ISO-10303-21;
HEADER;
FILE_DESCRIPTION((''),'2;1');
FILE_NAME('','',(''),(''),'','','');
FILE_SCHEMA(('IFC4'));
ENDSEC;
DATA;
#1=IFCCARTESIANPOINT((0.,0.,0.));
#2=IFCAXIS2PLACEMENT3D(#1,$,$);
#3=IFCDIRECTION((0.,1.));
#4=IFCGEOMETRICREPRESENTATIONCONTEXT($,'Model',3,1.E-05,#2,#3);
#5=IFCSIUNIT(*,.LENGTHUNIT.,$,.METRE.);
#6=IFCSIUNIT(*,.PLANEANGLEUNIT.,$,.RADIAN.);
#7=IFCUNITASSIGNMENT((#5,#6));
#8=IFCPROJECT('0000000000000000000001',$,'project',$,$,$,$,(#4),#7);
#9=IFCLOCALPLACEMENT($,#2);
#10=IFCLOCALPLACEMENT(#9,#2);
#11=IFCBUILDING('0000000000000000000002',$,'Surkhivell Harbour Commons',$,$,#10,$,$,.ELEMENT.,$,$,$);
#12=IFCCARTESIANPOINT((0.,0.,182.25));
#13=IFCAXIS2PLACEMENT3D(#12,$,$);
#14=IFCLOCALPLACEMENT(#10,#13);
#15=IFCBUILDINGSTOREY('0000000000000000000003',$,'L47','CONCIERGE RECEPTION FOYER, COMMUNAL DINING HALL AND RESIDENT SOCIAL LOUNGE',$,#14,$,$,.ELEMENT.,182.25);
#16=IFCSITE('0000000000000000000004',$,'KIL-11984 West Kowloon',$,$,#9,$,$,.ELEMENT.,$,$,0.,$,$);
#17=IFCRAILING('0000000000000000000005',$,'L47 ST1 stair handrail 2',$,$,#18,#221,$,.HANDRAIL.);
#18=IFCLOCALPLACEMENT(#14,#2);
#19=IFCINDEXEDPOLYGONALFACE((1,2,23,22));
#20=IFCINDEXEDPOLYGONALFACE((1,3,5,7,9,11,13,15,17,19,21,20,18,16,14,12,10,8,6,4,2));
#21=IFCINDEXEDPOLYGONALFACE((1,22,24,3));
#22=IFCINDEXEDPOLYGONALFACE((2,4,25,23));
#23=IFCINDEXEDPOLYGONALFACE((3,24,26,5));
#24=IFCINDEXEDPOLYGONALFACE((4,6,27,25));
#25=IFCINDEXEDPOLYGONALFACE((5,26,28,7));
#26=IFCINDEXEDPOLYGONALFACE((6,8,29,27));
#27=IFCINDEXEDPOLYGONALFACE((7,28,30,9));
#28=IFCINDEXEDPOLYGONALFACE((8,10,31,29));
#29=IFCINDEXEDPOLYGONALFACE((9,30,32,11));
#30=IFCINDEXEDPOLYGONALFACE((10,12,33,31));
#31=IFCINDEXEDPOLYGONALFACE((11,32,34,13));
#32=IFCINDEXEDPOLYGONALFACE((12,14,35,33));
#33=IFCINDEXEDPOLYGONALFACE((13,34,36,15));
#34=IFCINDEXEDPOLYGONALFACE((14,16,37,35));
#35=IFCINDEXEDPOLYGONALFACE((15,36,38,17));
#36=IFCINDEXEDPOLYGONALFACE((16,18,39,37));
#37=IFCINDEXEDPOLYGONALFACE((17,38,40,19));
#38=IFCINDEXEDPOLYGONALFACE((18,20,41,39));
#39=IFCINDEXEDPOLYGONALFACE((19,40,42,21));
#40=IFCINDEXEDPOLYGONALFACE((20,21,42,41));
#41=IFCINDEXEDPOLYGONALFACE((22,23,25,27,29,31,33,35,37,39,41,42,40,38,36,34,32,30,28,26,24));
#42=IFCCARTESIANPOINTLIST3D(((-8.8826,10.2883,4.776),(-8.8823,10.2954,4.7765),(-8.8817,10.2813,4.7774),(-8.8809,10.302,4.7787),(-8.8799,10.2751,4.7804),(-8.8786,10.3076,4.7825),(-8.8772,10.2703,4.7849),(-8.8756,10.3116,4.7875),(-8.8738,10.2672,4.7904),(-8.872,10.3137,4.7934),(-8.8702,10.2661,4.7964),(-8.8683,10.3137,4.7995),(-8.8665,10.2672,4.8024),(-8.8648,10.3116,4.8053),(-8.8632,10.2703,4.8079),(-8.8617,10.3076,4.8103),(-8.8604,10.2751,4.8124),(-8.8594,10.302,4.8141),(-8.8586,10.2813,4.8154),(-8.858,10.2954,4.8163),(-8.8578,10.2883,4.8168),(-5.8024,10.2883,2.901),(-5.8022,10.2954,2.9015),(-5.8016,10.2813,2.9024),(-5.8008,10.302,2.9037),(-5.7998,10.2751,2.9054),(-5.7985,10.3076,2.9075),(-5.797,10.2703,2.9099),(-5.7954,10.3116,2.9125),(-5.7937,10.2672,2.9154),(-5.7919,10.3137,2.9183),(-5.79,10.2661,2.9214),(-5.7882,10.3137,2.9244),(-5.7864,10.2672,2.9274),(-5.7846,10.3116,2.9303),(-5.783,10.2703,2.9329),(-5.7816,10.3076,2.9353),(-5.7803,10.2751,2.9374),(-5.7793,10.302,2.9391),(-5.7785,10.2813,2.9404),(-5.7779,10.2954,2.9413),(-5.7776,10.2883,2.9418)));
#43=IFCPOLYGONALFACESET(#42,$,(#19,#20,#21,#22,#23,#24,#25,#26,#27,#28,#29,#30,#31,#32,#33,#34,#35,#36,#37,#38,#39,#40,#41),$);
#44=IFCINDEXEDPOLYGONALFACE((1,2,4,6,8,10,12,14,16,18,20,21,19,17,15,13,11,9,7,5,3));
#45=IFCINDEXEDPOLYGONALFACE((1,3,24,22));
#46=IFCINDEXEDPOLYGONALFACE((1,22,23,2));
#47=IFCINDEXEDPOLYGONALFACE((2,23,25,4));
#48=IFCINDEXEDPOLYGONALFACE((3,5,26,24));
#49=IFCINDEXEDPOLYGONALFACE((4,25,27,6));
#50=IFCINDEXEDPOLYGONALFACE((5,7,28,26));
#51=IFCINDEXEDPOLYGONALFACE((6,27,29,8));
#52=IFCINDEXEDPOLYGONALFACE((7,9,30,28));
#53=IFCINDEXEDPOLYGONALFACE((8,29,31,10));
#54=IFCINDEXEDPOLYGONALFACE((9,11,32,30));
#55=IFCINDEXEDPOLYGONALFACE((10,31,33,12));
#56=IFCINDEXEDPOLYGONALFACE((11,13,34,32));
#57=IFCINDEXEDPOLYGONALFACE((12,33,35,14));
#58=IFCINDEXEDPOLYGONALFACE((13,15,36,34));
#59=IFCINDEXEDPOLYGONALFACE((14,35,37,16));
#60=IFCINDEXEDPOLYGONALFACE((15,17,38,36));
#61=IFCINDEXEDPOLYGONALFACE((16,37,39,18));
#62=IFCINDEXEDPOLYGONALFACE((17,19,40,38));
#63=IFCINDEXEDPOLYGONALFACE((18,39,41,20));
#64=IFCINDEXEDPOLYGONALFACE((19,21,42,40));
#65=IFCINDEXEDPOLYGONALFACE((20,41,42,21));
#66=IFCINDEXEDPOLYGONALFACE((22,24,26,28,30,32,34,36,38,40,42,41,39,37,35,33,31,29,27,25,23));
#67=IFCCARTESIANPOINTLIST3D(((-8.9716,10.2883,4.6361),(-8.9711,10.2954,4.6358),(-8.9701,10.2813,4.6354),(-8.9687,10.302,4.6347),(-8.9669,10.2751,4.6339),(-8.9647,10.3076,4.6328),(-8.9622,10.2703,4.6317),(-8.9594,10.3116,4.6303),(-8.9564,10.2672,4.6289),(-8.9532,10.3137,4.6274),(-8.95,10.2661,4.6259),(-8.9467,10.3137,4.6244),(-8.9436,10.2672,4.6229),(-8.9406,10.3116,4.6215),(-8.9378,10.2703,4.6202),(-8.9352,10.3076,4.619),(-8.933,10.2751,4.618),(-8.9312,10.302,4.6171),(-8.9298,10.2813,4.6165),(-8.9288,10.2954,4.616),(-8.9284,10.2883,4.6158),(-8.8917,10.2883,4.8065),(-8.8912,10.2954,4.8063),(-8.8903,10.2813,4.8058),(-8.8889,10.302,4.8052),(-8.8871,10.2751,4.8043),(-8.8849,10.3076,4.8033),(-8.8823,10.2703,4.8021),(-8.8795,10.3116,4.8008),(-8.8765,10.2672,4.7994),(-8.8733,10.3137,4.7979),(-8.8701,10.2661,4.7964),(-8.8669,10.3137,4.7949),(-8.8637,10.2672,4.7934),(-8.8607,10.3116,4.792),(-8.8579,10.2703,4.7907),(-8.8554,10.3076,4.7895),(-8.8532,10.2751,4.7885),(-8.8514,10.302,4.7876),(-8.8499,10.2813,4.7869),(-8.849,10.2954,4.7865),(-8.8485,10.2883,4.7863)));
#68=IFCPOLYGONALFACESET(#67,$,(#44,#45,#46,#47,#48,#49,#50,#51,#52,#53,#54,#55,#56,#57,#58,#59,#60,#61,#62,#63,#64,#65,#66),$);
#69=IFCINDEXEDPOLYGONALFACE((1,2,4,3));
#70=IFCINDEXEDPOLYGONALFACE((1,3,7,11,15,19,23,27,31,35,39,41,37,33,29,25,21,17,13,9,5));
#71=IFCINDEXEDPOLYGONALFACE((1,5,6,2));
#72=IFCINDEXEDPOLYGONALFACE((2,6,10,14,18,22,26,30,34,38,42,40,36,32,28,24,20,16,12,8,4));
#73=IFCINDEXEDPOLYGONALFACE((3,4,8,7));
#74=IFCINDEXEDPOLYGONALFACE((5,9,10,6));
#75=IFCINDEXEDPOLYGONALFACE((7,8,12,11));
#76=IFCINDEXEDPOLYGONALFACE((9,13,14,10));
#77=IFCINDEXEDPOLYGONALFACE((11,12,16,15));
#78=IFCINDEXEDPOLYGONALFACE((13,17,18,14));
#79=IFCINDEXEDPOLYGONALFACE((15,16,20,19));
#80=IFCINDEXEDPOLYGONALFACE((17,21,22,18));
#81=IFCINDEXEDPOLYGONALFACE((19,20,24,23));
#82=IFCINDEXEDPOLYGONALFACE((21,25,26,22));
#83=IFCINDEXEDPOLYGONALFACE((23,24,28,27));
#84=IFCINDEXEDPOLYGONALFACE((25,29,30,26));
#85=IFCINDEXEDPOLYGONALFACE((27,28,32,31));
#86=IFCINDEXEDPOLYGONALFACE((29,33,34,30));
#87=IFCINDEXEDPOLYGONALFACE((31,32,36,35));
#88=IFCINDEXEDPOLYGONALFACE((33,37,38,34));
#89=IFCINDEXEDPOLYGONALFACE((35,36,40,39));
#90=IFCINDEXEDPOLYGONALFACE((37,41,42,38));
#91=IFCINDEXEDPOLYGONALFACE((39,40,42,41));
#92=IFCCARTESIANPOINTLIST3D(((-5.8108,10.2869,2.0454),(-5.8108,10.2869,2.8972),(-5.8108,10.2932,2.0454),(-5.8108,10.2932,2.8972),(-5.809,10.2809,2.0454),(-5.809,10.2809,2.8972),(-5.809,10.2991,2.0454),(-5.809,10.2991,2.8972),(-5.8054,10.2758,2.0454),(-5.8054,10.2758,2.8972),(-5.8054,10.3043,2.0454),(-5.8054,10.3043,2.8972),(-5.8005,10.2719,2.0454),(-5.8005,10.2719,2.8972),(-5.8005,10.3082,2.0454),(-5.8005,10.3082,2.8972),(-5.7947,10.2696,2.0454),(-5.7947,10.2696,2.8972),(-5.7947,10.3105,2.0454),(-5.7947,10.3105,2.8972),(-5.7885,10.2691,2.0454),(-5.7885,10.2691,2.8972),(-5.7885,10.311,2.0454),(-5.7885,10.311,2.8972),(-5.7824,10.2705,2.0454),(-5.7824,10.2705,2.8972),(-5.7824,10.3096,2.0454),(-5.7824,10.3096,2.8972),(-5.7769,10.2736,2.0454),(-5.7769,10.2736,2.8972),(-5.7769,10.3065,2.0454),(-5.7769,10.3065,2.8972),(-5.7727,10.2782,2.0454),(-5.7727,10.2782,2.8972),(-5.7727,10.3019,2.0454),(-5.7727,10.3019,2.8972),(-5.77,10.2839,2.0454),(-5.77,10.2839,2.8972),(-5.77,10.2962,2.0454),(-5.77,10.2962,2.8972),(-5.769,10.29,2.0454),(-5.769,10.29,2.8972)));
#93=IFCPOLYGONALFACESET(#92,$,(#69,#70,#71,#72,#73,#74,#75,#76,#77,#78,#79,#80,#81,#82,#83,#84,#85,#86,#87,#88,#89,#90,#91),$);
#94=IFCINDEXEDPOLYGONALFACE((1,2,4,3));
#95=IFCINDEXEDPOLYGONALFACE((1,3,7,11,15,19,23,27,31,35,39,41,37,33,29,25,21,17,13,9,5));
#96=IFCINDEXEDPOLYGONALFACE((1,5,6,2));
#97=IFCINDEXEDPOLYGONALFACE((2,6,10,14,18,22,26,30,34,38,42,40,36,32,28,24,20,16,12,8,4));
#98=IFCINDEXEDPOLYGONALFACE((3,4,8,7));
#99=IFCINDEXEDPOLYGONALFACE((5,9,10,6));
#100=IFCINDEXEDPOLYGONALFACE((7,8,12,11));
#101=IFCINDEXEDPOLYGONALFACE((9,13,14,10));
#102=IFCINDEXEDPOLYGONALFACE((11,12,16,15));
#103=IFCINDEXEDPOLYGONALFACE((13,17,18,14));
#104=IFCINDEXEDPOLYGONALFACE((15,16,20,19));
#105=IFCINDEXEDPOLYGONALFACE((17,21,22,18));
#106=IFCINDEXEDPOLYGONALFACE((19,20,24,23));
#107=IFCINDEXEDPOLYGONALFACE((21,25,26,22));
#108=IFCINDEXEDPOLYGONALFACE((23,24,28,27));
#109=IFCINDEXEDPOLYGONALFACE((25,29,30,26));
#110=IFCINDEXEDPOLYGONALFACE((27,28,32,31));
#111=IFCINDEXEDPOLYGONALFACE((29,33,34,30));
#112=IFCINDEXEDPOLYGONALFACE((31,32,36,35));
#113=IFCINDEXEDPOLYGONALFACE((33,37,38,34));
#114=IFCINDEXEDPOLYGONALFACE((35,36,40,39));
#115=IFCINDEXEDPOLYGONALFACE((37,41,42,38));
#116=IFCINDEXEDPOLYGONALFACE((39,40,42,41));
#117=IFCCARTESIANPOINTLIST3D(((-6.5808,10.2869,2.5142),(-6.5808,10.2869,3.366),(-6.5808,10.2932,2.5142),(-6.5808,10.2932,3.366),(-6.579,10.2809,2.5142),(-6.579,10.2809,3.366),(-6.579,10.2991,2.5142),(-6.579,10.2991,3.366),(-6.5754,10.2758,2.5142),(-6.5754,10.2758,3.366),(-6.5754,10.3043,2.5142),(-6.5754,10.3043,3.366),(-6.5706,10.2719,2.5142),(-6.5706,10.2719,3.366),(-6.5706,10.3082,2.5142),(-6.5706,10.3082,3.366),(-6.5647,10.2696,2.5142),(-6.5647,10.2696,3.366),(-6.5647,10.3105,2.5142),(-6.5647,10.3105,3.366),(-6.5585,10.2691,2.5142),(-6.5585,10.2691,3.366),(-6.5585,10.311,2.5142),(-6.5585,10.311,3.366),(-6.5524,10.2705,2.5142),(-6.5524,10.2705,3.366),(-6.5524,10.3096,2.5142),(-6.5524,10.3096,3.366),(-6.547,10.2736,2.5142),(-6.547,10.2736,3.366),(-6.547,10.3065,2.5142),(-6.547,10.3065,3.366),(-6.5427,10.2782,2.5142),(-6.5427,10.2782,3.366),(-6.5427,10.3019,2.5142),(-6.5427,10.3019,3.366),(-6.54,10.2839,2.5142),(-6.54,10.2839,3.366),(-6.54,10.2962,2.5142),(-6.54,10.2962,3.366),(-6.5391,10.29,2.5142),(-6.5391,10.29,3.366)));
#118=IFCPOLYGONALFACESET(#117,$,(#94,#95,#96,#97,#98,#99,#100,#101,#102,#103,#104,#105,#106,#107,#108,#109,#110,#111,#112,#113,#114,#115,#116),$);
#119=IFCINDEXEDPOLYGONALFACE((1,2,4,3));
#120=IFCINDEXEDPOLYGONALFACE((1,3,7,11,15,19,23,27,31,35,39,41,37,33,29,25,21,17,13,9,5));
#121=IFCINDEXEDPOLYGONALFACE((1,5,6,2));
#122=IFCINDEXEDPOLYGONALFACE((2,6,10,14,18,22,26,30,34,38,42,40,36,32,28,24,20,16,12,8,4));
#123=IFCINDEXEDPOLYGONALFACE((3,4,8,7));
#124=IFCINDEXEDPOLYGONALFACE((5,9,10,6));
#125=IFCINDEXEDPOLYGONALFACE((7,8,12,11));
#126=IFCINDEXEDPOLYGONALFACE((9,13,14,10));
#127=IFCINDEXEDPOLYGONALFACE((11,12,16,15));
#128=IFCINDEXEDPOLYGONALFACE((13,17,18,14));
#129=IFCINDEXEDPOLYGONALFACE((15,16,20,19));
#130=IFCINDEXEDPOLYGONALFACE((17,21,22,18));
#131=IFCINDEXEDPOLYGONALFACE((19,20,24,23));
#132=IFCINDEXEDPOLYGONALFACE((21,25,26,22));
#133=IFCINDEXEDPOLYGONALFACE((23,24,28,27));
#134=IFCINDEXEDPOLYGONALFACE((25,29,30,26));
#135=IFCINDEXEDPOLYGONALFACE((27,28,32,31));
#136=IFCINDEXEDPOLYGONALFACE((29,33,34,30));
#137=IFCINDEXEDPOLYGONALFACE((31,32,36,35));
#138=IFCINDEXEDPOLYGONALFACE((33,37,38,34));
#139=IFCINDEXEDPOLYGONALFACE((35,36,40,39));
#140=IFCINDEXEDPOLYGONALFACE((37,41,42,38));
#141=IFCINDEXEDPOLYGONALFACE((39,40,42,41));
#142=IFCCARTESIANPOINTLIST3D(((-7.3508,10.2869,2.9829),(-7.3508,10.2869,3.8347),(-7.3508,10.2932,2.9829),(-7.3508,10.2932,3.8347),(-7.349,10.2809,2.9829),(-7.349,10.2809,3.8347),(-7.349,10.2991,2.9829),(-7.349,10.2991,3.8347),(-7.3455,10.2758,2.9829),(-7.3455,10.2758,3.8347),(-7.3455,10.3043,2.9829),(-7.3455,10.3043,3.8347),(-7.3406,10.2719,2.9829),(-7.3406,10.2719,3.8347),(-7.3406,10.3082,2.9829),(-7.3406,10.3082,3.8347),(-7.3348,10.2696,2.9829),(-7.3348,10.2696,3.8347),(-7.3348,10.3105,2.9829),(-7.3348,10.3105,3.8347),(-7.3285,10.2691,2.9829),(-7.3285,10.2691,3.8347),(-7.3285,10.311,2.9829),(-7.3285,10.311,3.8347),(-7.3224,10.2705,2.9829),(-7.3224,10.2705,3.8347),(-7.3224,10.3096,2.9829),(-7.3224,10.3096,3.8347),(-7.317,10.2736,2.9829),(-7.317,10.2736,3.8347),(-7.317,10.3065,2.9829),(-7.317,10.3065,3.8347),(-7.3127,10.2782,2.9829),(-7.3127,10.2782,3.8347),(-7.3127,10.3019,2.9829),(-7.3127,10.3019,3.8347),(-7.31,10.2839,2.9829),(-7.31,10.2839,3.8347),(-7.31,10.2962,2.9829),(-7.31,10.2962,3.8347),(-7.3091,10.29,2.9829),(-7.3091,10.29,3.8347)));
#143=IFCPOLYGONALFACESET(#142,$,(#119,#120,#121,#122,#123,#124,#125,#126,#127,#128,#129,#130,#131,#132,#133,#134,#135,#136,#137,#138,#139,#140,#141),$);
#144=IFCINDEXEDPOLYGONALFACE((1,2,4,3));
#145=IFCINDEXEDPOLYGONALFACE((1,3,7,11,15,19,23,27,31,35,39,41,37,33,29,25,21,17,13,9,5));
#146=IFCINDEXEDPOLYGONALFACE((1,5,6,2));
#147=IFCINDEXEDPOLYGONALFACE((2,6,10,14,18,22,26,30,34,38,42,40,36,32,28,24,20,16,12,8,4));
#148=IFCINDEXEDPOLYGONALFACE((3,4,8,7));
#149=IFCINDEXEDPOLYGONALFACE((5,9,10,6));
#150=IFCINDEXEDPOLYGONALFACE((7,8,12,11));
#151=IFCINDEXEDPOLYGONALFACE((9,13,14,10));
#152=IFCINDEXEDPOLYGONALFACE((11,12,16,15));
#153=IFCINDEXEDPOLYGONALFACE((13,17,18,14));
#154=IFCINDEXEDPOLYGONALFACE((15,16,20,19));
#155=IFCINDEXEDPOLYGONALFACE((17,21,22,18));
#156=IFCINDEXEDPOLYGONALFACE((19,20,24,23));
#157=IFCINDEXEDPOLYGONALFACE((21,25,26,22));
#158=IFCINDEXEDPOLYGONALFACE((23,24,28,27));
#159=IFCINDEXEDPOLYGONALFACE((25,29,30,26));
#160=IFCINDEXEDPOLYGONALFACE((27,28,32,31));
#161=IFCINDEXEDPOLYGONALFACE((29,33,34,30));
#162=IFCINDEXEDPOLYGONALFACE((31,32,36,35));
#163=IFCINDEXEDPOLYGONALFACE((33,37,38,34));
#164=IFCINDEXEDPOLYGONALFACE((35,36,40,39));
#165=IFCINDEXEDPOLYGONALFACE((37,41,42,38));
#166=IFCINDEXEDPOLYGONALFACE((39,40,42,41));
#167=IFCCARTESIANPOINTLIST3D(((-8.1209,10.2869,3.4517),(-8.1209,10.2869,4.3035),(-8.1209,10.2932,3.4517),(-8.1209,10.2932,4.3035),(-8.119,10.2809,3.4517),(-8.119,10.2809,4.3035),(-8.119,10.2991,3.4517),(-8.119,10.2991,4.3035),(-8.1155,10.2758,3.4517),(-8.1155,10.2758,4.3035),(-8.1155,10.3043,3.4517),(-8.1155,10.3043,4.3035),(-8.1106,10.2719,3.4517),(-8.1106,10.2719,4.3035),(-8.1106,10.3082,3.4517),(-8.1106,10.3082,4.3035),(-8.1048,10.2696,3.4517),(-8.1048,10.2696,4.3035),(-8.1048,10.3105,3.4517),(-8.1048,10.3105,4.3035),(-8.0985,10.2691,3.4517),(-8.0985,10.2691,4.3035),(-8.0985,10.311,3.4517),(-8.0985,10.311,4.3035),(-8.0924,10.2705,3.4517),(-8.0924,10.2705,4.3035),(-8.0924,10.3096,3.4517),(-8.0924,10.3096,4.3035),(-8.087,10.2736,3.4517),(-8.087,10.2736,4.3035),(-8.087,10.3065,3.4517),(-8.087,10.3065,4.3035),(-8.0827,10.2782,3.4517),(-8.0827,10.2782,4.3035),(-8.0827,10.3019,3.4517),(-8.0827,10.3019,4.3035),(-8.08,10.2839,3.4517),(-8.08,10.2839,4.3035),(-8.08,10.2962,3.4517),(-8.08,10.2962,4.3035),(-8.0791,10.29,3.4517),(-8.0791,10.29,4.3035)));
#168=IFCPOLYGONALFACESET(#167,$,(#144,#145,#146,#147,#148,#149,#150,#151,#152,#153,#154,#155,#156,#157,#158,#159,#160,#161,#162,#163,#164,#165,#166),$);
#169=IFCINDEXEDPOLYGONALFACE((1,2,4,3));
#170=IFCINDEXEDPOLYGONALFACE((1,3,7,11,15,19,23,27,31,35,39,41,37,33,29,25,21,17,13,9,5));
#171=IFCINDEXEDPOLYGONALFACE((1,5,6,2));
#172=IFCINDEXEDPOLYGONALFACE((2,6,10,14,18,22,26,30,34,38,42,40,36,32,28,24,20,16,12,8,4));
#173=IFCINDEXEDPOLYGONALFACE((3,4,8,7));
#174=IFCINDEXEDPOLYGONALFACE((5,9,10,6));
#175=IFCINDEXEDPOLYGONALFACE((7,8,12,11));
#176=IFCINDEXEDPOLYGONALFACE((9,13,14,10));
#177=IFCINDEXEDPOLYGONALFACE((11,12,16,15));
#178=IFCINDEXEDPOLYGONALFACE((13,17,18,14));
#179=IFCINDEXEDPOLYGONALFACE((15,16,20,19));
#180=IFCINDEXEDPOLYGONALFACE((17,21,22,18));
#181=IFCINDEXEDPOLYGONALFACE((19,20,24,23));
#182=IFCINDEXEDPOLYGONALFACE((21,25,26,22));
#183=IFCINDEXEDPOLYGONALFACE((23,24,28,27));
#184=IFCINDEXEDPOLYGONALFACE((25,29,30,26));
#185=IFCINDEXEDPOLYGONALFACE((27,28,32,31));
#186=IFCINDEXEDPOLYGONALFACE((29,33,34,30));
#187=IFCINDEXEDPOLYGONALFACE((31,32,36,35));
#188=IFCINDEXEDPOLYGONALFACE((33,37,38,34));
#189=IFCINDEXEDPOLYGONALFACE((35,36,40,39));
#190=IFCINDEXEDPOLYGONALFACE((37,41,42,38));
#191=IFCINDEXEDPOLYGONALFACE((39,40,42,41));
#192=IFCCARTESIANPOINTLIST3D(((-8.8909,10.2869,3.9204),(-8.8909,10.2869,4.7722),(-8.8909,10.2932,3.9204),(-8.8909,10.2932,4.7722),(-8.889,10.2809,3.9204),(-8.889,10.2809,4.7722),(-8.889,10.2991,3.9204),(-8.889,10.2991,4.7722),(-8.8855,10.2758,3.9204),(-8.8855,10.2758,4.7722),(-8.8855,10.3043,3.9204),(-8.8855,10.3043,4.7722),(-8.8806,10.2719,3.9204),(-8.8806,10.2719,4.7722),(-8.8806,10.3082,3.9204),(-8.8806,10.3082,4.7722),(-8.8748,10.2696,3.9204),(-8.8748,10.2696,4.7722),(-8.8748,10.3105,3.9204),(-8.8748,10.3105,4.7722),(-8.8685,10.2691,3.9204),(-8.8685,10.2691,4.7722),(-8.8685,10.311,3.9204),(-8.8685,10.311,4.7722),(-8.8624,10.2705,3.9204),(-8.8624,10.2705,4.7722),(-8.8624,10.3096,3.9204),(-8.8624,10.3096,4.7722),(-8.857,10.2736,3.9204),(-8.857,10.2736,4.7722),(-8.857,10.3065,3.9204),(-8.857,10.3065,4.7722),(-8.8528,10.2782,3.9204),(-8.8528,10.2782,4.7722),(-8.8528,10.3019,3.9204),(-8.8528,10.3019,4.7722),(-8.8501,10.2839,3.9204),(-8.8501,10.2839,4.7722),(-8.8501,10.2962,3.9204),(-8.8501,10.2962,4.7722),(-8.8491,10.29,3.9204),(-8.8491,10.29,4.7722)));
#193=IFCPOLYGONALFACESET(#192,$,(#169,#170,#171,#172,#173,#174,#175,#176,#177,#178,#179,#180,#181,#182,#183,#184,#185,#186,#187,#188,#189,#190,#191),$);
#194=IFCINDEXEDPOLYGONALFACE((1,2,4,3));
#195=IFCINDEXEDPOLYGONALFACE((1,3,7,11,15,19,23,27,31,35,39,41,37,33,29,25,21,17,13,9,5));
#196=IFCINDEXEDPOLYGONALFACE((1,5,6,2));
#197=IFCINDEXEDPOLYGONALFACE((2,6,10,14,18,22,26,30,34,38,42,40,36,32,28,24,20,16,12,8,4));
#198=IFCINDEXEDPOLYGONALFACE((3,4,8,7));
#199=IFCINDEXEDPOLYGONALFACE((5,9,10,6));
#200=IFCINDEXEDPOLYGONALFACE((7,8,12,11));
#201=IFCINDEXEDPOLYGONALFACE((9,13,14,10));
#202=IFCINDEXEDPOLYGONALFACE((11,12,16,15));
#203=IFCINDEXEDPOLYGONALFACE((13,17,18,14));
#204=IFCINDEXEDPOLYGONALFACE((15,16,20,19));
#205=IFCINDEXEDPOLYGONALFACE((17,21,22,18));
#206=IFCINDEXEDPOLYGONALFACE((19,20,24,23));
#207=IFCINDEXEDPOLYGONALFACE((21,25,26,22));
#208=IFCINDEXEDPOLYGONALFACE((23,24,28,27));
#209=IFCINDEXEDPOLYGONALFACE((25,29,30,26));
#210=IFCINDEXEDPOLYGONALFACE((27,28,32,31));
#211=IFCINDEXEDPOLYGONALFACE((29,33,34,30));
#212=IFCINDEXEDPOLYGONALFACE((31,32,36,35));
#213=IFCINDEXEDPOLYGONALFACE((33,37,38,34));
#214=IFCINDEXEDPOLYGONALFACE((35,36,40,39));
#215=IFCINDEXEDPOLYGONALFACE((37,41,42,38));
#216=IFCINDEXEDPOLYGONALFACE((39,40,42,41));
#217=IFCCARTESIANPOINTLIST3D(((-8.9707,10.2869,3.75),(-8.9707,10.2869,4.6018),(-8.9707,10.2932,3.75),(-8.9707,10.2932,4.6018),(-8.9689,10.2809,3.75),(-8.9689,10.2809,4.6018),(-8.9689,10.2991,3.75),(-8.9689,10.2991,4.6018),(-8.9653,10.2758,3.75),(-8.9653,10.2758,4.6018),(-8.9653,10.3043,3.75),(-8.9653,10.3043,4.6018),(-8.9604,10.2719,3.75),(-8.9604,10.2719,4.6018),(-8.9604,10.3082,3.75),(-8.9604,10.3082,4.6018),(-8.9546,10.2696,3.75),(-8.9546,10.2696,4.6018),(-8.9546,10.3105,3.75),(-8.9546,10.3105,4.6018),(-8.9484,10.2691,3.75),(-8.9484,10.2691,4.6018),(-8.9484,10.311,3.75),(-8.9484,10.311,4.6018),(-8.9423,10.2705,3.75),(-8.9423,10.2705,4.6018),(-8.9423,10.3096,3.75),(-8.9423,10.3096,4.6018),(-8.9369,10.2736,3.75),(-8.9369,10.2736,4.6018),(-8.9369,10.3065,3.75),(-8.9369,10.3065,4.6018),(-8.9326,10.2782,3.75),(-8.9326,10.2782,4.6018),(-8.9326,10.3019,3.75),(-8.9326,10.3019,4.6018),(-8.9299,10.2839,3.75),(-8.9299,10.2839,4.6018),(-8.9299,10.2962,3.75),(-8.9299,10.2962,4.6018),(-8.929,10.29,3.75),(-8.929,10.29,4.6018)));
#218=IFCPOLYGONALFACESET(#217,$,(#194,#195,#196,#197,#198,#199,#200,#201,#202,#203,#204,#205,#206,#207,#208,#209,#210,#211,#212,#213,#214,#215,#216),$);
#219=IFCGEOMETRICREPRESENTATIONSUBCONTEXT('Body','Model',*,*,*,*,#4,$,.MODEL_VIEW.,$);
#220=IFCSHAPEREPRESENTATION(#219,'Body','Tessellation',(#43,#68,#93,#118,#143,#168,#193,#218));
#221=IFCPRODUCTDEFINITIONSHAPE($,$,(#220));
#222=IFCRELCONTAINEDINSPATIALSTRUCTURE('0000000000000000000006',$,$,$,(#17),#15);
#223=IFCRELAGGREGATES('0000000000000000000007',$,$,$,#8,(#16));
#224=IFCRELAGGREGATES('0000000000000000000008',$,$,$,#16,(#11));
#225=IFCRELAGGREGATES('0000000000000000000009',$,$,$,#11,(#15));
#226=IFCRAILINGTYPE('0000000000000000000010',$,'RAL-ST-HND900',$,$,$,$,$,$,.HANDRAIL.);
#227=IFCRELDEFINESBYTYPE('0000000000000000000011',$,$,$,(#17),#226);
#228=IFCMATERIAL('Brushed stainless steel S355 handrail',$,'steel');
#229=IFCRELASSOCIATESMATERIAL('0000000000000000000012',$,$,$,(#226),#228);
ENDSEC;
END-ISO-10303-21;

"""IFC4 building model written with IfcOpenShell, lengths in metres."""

from ifc_helpers import new_model, si_unit, direction, frame, origin, origin_2d, place, context, subcontext, project, spatial, circle, extrude, material, type_object, element, save


model = new_model("IFC4")

# Units and contexts
model_context = context("Model", 3, precision=1e-05, world=origin(), true_north=direction((0.0, 1.0)))
body_context = subcontext(model_context, "Body", "Model", "MODEL_VIEW")
ifc_project = project(units=[si_unit("LENGTHUNIT", "METRE"), si_unit("PLANEANGLEUNIT", "RADIAN")], contexts=[model_context])

# Site, building, storey
site_placement = place(None, origin())
site = spatial("IfcSite", under=ifc_project, at=site_placement, Name="KIL-11984 West Kowloon", CompositionType="ELEMENT", RefElevation=0.0)
building_placement = place(site_placement, origin())
building = spatial("IfcBuilding", under=site, at=building_placement, Name="Surkhivell Harbour Commons", CompositionType="ELEMENT")
storey_placement = place(building_placement, frame((0.0, 0.0, 182.25)))
storey = spatial("IfcBuildingStorey", under=building, at=storey_placement, Name="L47", Description="CONCIERGE RECEPTION FOYER, COMMUNAL DINING HALL AND RESIDENT SOCIAL LOUNGE", CompositionType="ELEMENT", Elevation=182.25)

# Railing
ifc_material_1 = material(Name="Brushed stainless steel S355 handrail", Category="steel")
railing_type_1 = type_object("IfcRailingType", Name="RAL-ST-HND900", PredefinedType="HANDRAIL", material=ifc_material_1)
railing_1_placement = place(storey_placement, frame((-5.79, 10.29, 2.0454)))
element("IfcRailing", 1, at=railing_1_placement, inside=storey, type_object=railing_type_1, Name="L47 ST1 stair handrail 2", PredefinedType="HANDRAIL", context=body_context, shape_type="SweptSolid", body=[
    extrude(circle(Radius=0.0239, at=origin_2d()), frame((0.0, 0.0, 0.876), z_axis=(-0.854178, 0.0, 0.519981), x_axis=(0.0, -1.0, 0.0)), (0.0, 0.0, 1.0), 3.606),
    extrude(circle(Radius=0.0239, at=origin_2d()), frame((-3.0801, 0.0, 2.751), z_axis=(-0.424234, 0.0, -0.905552), x_axis=(0.0, -1.0, 0.0)), (0.0, 0.0, 1.0), 0.1882),
    extrude(circle(Radius=0.021, at=origin_2d()), origin(), (0.0, 0.0, 1.0), 0.8518),
    extrude(circle(Radius=0.021, at=origin_2d()), frame((-0.77, 0.0, 0.4688)), (0.0, 0.0, 1.0), 0.8518),
    extrude(circle(Radius=0.021, at=origin_2d()), frame((-1.54, 0.0, 0.9375)), (0.0, 0.0, 1.0), 0.8518),
    extrude(circle(Radius=0.021, at=origin_2d()), frame((-2.3101, 0.0, 1.4062)), (0.0, 0.0, 1.0), 0.8518),
    extrude(circle(Radius=0.021, at=origin_2d()), frame((-3.0801, 0.0, 1.875)), (0.0, 0.0, 1.0), 0.8518),
    extrude(circle(Radius=0.021, at=origin_2d()), frame((-3.1599, 0.0, 1.7046)), (0.0, 0.0, 1.0), 0.8518),
])

save(model, "model.ifc")
